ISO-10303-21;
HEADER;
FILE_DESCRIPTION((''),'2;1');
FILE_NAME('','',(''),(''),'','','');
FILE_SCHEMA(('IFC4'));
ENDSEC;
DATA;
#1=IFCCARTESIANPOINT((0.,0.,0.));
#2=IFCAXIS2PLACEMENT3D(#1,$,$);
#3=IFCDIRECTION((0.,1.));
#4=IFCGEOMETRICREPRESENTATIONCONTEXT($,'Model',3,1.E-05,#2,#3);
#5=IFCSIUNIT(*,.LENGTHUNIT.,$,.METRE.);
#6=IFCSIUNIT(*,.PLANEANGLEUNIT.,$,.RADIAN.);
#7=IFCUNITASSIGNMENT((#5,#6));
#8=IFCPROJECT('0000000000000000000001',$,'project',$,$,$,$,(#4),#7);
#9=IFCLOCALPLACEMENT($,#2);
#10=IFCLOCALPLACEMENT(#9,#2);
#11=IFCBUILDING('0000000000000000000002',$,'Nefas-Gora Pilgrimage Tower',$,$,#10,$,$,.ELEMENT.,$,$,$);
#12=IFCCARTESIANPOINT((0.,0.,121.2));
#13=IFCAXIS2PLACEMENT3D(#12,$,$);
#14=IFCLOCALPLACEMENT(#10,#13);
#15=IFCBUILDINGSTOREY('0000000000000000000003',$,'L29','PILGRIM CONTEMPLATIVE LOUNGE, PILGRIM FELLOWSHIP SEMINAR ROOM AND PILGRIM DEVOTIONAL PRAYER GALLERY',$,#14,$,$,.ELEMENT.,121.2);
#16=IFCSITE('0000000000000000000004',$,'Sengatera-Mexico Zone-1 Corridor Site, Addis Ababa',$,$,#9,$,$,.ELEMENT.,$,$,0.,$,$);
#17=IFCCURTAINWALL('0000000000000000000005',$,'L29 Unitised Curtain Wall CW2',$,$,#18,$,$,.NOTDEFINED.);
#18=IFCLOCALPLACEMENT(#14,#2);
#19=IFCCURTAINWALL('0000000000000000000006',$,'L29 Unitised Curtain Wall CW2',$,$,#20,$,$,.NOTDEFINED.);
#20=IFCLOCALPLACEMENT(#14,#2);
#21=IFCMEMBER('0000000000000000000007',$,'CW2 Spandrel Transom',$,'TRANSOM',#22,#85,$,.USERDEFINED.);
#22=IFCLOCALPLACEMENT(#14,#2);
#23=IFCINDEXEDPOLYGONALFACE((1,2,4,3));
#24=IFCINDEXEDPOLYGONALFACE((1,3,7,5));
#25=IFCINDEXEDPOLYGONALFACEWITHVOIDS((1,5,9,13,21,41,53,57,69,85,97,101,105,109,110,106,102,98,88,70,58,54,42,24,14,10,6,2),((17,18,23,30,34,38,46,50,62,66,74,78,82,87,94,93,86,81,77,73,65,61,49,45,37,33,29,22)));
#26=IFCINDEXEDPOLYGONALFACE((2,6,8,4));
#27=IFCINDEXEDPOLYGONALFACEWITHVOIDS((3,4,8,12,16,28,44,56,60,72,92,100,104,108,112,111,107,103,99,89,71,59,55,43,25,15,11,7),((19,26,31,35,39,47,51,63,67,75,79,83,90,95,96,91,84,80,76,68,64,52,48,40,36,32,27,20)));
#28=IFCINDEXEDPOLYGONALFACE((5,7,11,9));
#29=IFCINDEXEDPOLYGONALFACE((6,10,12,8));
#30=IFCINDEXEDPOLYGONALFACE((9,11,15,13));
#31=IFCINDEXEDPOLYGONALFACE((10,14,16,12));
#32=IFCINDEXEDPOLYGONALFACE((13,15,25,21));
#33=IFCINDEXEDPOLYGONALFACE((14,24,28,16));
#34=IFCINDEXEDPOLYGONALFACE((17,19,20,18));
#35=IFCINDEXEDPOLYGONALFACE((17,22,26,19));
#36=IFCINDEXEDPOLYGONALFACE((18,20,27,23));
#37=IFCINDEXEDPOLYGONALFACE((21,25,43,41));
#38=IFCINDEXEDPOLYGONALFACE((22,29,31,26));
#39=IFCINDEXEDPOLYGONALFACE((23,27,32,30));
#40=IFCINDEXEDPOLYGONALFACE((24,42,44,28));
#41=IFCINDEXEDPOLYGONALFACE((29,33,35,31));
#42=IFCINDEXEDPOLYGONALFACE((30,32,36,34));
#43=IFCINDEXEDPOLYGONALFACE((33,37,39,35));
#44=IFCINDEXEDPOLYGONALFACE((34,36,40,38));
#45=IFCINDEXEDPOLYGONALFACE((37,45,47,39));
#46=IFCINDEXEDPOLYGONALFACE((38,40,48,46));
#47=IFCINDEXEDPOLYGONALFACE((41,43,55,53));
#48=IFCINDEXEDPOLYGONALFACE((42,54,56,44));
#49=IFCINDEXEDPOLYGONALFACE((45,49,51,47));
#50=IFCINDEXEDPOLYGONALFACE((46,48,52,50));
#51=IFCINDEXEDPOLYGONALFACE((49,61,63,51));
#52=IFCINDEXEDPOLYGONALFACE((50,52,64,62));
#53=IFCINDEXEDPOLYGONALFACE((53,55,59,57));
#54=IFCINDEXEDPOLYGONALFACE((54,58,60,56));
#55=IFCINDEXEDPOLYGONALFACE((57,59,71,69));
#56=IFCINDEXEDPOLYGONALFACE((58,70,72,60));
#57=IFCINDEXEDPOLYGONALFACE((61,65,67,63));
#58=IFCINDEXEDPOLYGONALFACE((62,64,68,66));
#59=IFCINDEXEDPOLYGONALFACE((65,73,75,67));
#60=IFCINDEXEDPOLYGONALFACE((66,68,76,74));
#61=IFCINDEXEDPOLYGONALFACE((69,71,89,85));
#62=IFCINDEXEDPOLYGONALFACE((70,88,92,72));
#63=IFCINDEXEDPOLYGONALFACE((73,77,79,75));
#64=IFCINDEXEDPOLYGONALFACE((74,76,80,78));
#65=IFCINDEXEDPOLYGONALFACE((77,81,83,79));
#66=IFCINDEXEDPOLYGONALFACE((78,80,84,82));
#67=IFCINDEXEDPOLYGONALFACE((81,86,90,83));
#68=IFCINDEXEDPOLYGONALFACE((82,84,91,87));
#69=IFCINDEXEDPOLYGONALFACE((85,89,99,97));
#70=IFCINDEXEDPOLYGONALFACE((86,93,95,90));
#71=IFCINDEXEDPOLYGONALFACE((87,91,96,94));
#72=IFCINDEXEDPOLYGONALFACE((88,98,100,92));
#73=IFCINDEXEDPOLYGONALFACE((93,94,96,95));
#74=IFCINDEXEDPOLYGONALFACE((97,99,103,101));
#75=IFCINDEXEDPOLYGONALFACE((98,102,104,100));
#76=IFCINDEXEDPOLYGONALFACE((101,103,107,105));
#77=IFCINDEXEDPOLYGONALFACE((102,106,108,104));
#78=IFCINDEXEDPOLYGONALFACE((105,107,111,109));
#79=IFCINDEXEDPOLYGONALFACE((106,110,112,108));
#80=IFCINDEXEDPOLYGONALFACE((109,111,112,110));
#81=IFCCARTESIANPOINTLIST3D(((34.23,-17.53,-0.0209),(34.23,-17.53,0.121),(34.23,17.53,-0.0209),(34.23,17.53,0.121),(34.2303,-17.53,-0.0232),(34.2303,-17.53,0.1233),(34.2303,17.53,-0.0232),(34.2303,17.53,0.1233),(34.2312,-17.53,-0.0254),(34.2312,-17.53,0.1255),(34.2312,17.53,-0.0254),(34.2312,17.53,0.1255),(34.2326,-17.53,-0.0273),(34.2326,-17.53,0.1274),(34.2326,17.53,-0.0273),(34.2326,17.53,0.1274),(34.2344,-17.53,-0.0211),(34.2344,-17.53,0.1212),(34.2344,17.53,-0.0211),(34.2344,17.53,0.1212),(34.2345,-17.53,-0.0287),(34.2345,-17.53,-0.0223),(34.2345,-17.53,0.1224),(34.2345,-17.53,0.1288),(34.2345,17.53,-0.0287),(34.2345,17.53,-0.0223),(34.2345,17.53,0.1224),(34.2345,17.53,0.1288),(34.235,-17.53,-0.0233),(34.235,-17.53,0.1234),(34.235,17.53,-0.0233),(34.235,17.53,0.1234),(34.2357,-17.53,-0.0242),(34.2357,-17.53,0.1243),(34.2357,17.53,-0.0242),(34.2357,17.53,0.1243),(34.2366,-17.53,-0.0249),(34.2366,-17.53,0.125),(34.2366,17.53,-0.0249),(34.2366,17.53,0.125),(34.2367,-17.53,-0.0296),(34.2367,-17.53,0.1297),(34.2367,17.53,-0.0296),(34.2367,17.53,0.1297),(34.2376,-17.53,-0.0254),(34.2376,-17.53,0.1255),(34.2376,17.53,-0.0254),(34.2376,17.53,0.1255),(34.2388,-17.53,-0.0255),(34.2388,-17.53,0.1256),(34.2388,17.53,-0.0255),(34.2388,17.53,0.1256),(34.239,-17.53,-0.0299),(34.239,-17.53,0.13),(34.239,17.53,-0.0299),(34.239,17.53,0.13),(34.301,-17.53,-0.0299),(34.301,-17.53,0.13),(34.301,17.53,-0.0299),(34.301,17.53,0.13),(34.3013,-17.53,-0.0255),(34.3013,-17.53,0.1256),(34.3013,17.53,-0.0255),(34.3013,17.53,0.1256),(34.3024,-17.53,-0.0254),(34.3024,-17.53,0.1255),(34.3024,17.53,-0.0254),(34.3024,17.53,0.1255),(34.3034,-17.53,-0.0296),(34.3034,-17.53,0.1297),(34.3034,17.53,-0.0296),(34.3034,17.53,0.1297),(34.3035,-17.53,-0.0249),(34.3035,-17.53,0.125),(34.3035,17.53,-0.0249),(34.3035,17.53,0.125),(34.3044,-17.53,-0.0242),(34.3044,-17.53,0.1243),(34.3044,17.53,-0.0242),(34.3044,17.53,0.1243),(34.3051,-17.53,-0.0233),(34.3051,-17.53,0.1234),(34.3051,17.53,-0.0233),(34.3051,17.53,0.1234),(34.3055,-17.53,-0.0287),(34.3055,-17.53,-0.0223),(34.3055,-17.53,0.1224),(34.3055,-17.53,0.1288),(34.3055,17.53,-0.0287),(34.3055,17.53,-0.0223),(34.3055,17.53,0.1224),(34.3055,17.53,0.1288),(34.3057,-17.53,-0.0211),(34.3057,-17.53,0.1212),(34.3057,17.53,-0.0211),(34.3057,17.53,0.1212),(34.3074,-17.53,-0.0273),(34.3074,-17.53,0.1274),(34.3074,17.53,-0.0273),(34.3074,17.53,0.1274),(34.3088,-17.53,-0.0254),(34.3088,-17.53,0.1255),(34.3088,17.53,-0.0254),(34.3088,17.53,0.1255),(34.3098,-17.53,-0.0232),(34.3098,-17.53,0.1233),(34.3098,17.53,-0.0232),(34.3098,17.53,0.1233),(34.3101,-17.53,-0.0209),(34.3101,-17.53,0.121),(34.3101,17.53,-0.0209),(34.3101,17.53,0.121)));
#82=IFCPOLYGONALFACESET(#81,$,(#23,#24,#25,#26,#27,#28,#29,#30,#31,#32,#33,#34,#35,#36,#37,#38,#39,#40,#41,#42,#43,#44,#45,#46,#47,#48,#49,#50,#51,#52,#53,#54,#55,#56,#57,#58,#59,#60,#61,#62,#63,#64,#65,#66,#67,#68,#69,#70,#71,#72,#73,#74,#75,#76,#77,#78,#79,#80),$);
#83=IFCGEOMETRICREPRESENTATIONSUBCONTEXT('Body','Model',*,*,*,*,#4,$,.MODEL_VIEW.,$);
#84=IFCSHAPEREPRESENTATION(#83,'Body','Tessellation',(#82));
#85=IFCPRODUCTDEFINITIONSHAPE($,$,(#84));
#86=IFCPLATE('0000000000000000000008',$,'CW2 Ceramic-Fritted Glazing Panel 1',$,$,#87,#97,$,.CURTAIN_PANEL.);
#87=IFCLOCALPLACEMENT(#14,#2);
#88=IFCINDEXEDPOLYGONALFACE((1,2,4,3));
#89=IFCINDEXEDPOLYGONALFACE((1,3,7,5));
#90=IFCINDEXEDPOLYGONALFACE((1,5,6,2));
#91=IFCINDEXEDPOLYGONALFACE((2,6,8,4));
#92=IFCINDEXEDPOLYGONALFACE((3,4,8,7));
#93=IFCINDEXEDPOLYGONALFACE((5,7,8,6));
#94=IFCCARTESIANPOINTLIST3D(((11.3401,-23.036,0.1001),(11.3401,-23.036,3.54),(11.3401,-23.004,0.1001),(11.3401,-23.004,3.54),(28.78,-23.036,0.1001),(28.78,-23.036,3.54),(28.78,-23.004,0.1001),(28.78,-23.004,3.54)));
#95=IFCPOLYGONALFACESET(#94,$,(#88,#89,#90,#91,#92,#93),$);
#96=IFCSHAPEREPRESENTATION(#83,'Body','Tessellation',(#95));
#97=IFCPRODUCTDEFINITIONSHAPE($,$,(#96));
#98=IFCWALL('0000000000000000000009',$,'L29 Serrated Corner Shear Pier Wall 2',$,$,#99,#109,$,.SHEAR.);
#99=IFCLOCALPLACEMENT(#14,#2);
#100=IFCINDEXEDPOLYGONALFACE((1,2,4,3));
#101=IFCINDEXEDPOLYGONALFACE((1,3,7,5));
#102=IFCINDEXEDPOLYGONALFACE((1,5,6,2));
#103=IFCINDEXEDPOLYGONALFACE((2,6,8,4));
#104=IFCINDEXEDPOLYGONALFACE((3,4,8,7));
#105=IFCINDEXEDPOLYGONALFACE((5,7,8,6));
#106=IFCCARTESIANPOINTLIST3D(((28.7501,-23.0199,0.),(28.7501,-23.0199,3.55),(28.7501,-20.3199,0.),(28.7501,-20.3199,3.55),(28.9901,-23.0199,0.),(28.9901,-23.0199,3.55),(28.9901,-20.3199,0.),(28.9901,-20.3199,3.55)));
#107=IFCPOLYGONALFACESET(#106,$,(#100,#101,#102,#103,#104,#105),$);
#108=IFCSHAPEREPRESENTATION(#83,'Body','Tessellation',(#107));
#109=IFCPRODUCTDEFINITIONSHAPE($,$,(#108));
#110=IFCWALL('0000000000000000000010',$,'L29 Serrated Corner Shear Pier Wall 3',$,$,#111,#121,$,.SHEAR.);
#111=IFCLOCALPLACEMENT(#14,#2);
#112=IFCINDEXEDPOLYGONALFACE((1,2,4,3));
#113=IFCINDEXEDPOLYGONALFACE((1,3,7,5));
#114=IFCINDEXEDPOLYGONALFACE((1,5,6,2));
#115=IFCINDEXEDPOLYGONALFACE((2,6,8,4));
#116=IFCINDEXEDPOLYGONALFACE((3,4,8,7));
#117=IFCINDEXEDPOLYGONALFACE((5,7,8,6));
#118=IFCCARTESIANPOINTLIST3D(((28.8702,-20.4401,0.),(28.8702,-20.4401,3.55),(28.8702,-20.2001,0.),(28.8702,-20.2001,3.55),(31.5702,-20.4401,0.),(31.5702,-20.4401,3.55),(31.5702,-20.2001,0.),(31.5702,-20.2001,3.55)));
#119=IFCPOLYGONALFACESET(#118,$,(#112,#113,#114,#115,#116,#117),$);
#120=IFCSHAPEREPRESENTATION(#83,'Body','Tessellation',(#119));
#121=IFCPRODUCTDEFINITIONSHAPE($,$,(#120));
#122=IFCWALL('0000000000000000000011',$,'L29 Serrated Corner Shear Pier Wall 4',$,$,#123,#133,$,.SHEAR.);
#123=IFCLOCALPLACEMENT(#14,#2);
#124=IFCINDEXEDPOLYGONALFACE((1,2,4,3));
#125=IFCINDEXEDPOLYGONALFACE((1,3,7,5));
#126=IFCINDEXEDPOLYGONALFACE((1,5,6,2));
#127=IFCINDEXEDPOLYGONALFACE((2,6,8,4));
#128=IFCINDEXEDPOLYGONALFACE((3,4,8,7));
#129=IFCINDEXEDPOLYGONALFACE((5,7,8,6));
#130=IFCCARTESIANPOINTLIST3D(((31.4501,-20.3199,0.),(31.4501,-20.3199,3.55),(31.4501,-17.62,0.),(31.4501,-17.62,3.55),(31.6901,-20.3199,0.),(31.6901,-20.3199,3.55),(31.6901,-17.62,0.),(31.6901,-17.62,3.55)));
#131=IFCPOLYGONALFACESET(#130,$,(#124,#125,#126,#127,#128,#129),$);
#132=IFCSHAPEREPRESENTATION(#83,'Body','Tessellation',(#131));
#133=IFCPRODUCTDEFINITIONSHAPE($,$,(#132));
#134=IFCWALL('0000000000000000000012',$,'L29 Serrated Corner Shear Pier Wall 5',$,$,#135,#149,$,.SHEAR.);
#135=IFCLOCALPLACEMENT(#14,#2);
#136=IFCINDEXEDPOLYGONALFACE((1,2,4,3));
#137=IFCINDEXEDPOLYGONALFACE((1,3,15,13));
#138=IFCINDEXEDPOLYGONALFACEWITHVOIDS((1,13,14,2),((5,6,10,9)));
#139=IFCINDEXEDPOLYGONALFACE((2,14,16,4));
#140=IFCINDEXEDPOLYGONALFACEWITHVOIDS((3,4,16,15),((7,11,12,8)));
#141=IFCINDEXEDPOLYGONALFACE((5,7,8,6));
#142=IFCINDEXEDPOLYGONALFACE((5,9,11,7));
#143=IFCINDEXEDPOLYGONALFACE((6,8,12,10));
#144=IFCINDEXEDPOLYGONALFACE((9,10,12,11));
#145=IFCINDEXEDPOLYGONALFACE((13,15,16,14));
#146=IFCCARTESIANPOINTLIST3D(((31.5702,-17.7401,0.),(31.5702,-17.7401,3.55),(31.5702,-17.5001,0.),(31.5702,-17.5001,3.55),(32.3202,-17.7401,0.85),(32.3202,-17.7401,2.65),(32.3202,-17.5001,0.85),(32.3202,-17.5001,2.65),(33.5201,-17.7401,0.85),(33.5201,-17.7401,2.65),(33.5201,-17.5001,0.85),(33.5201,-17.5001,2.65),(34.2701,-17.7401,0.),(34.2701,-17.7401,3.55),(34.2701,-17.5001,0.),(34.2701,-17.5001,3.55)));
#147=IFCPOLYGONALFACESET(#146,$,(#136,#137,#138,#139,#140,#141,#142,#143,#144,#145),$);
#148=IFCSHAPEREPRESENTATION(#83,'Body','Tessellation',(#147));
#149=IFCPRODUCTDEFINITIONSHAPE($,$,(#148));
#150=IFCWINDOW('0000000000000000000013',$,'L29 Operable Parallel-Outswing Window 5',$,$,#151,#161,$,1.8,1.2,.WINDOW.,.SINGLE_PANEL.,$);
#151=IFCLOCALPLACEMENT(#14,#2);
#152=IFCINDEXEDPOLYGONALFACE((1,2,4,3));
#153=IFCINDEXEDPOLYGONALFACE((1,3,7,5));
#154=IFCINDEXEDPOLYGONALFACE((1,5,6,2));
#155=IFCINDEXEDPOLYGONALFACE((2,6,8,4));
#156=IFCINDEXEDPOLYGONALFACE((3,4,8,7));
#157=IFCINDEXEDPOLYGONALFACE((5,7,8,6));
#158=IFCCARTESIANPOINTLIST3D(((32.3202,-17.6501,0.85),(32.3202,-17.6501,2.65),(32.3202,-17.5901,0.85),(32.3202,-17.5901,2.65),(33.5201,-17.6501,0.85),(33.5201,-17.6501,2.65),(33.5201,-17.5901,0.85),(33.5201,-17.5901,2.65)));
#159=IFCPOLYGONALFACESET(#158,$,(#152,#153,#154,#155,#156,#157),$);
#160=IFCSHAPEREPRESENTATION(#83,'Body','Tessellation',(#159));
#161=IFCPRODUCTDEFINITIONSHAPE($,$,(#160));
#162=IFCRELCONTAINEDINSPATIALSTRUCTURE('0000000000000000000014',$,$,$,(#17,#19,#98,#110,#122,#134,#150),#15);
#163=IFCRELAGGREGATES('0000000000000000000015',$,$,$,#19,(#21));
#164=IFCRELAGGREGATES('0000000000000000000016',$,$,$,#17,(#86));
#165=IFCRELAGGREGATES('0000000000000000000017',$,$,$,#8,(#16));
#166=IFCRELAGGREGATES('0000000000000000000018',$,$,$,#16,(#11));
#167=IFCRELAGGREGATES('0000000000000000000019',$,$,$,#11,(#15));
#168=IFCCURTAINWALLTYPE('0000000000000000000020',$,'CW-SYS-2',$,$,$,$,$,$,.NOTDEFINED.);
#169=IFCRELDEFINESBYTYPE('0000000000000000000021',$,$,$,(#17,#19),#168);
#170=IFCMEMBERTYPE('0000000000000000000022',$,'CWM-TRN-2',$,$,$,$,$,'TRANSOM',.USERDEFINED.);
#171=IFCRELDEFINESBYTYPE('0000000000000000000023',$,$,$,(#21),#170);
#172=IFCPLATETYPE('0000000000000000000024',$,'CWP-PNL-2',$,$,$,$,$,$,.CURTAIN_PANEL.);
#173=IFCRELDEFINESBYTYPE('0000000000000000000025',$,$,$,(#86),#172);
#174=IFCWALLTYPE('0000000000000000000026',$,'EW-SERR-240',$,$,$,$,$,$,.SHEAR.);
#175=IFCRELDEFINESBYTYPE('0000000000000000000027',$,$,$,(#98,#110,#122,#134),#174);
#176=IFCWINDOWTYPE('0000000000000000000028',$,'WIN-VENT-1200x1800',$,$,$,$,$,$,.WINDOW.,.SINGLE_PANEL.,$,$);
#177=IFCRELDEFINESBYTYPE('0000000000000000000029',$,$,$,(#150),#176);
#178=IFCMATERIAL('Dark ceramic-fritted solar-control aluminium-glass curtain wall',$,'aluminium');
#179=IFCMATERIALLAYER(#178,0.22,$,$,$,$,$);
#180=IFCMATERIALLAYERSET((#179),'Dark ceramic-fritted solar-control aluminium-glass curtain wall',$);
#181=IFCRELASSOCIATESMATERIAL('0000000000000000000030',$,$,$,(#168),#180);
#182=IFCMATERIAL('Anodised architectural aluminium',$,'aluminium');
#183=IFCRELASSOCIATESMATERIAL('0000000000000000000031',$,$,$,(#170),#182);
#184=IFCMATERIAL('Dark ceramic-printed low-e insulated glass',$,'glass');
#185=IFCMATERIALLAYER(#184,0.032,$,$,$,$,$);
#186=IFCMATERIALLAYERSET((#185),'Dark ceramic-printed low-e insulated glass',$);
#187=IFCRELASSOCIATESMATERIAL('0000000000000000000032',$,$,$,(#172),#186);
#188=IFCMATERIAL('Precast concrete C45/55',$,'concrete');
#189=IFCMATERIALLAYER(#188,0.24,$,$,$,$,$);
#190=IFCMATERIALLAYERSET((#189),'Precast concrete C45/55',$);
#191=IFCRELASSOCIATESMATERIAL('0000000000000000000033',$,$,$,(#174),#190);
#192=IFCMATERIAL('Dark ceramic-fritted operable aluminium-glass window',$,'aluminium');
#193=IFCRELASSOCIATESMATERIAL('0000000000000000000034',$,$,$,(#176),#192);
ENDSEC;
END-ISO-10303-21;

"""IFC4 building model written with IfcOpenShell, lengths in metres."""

from ifc_helpers import new_model, si_unit, direction, frame, frame_2d, origin, origin_2d, place, context, subcontext, project, spatial, rectangle, hollow_rectangle, extrude, source, transform, mapped, material, layer, layer_set, material_profile, profile_set, type_object, element, fill, aggregate, save


model = new_model("IFC4")

# Units and contexts
model_context = context("Model", 3, precision=1e-05, world=origin(), true_north=direction((0.0, 1.0)))
body_context = subcontext(model_context, "Body", "Model", "MODEL_VIEW")
ifc_project = project(units=[si_unit("LENGTHUNIT", "METRE"), si_unit("PLANEANGLEUNIT", "RADIAN")], contexts=[model_context])

# Site, building, storey
site_placement = place(None, origin())
site = spatial("IfcSite", under=ifc_project, at=site_placement, Name="Sengatera-Mexico Zone-1 Corridor Site, Addis Ababa", CompositionType="ELEMENT", RefElevation=0.0)
building_placement = place(site_placement, origin())
building = spatial("IfcBuilding", under=site, at=building_placement, Name="Nefas-Gora Pilgrimage Tower", CompositionType="ELEMENT")
storey_placement = place(building_placement, frame((0.0, 0.0, 121.2)))
storey = spatial("IfcBuildingStorey", under=building, at=storey_placement, Name="L29", Description="PILGRIM CONTEMPLATIVE LOUNGE, PILGRIM FELLOWSHIP SEMINAR ROOM AND PILGRIM DEVOTIONAL PRAYER GALLERY", CompositionType="ELEMENT", Elevation=121.2)

# Curtain wall
ifc_material_1 = material(Name="Dark ceramic-fritted solar-control aluminium-glass curtain wall", Category="aluminium")
ifc_layer_1 = layer(ifc_material_1, 0.22)
ifc_layer_set_1 = layer_set([ifc_layer_1], Name="Dark ceramic-fritted solar-control aluminium-glass curtain wall")
curtain_wall_type = type_object("IfcCurtainWallType", Name="CW-SYS-2", PredefinedType="NOTDEFINED", material=ifc_layer_set_1)
curtain_wall_1_placement = place(storey_placement, origin())
curtain_wall_1 = element("IfcCurtainWall", 1, at=curtain_wall_1_placement, inside=storey, type_object=curtain_wall_type, Name="L29 Unitised Curtain Wall CW2", PredefinedType="NOTDEFINED")
ifc_material_2 = material(Name="Anodised architectural aluminium", Category="aluminium")

# Curtain wall, member
curtain_wall_2_placement = place(storey_placement, origin())
curtain_wall_2 = element("IfcCurtainWall", 2, at=curtain_wall_2_placement, inside=storey, type_object=curtain_wall_type, Name="L29 Unitised Curtain Wall CW2", PredefinedType="NOTDEFINED")
ifc_material_profile_1 = material_profile(ifc_material_2, hollow_rectangle(XDim=0.0801, YDim=0.1599, WallThickness=0.0044, InnerFilletRadius=0.0044, OuterFilletRadius=0.009, at=origin_2d()), Name="ALU TRANSOM 80x160")
ifc_profile_set_1 = profile_set([ifc_material_profile_1], Name="Anodised architectural aluminium")
member_type_1 = type_object("IfcMemberType", Name="CWM-TRN-2", ElementType="TRANSOM", PredefinedType="USERDEFINED", material=ifc_profile_set_1)
shared_shape_1 = source(origin(), body_context, "Body", "SweptSolid", [
    extrude(hollow_rectangle(XDim=0.0801, YDim=0.1599, WallThickness=0.0044, InnerFilletRadius=0.0044, OuterFilletRadius=0.009, at=origin_2d()), origin(), (0.0, 0.0, 1.0), 35.0601),
])
member_1_placement = place(storey_placement, frame((34.27, -17.53, 0.05), z_axis=(0.0, 1.0, 0.0), x_axis=(-1.0, 0.0, 0.0)))
member_1 = element("IfcMember", 3, at=member_1_placement, type_object=member_type_1, Name="CW2 Spandrel Transom", ObjectType="TRANSOM", PredefinedType="USERDEFINED", context=body_context, shape_type="MappedRepresentation", body=[
    mapped(shared_shape_1, transform((0.0, 0.0, 0.0), x_axis=(1.0, 0.0, 0.0), y_axis=(0.0, 1.0, 0.0), z_axis=(0.0, 0.0, 1.0), scale=1.0)),
])
aggregate(curtain_wall_2, [member_1])

# Plate
ifc_material_3 = material(Name="Dark ceramic-printed low-e insulated glass", Category="glass")
ifc_layer_2 = layer(ifc_material_3, 0.032)
ifc_layer_set_2 = layer_set([ifc_layer_2], Name="Dark ceramic-printed low-e insulated glass")
plate_type = type_object("IfcPlateType", Name="CWP-PNL-2", PredefinedType="CURTAIN_PANEL", material=ifc_layer_set_2)
shared_shape_2 = source(origin(), body_context, "Body", "SweptSolid", [
    extrude(rectangle(XDim=17.4399, YDim=0.032, at=origin_2d()), origin(), (0.0, 0.0, 1.0), 3.4399),
])
plate_placement = place(storey_placement, frame((20.0601, -23.02, 0.1001), z_axis=(0.0, 0.0, 1.0), x_axis=(1.0, 0.0, 0.0)))
plate = element("IfcPlate", 4, at=plate_placement, type_object=plate_type, Name="CW2 Ceramic-Fritted Glazing Panel 1", PredefinedType="CURTAIN_PANEL", context=body_context, shape_type="MappedRepresentation", body=[
    mapped(shared_shape_2, transform((0.0, 0.0, 0.0), x_axis=(1.0, 0.0, 0.0), y_axis=(0.0, 1.0, 0.0), z_axis=(0.0, 0.0, 1.0), scale=1.0)),
])
aggregate(curtain_wall_1, [plate])

# Walls
ifc_material_4 = material(Name="Precast concrete C45/55", Category="concrete")
ifc_layer_3 = layer(ifc_material_4, 0.24)
ifc_layer_set_3 = layer_set([ifc_layer_3], Name="Precast concrete C45/55")
wall_type_1 = type_object("IfcWallType", Name="EW-SERR-240", PredefinedType="SHEAR", material=ifc_layer_set_3)
shared_shape_3 = source(origin(), body_context, "Body", "SweptSolid", [
    extrude(rectangle(XDim=2.7, YDim=0.24, at=frame_2d((1.3501, 0.0))), origin(), (0.0, 0.0, 1.0), 3.55),
])
for number, where, z_axis, x_axis, name in (
    (5, (28.8701, -23.02, 0.0), (0.0, 0.0, 1.0), (0.0, 1.0, 0.0), "L29 Serrated Corner Shear Pier Wall 2"),
    (6, (28.8701, -20.3201, 0.0), (0.0, 0.0, 1.0), (1.0, 0.0, 0.0), "L29 Serrated Corner Shear Pier Wall 3"),
    (7, (31.5701, -20.3201, 0.0), (0.0, 0.0, 1.0), (0.0, 1.0, 0.0), "L29 Serrated Corner Shear Pier Wall 4"),
):
    element("IfcWall", number, at=place(storey_placement, frame(where, z_axis=z_axis, x_axis=x_axis)), inside=storey, type_object=wall_type_1, Name=name, PredefinedType="SHEAR", context=body_context, shape_type="MappedRepresentation", body=[
        mapped(shared_shape_3, transform((0.0, 0.0, 0.0), x_axis=(1.0, 0.0, 0.0), y_axis=(0.0, 1.0, 0.0), z_axis=(0.0, 0.0, 1.0), scale=1.0)),
    ])

# Wall, opening, window
wall_1_placement = place(storey_placement, frame((31.5701, -17.6201, 0.0), z_axis=(0.0, 0.0, 1.0), x_axis=(1.0, 0.0, 0.0)))
wall_1 = element("IfcWall", 8, at=wall_1_placement, inside=storey, type_object=wall_type_1, Name="L29 Serrated Corner Shear Pier Wall 5", PredefinedType="SHEAR", context=body_context, shape_type="MappedRepresentation", body=[
    mapped(shared_shape_3, transform((0.0, 0.0, 0.0), x_axis=(1.0, 0.0, 0.0), y_axis=(0.0, 1.0, 0.0), z_axis=(0.0, 0.0, 1.0), scale=1.0)),
])
opening_1_placement = place(wall_1_placement, frame((0.75, 0.0, 0.8501)))
opening_1 = element("IfcOpeningElement", 9, at=opening_1_placement, cuts=wall_1, PredefinedType="OPENING", context=body_context, shape_type="SweptSolid", body=[
    extrude(rectangle(XDim=1.2, YDim=1.8, at=frame_2d((0.6001, 0.8999))), frame((0.0, 0.1299, 0.0), z_axis=(0.0, -1.0, 0.0), x_axis=(1.0, 0.0, 0.0)), (0.0, 0.0, 1.0), 0.26),
])
ifc_material_5 = material(Name="Dark ceramic-fritted operable aluminium-glass window", Category="aluminium")
window_type = type_object("IfcWindowType", Name="WIN-VENT-1200x1800", PartitioningType="SINGLE_PANEL", PredefinedType="WINDOW", material=ifc_material_5)
shared_shape_4 = source(origin(), body_context, "Body", "SweptSolid", [
    extrude(rectangle(XDim=1.2, YDim=1.8, at=frame_2d((0.6001, 0.8999))), frame((0.0, 0.03, 0.0), z_axis=(0.0, -1.0, 0.0), x_axis=(1.0, 0.0, 0.0)), (0.0, 0.0, 1.0), 0.0601),
])
window_placement = place(opening_1_placement, origin())
window = element("IfcWindow", 10, at=window_placement, inside=storey, type_object=window_type, Name="L29 Operable Parallel-Outswing Window 5", OverallHeight=1.8, OverallWidth=1.2, PartitioningType="SINGLE_PANEL", PredefinedType="WINDOW", context=body_context, shape_type="MappedRepresentation", body=[
    mapped(shared_shape_4, transform((0.0, 0.0, 0.0), x_axis=(1.0, 0.0, 0.0), y_axis=(0.0, 1.0, 0.0), z_axis=(0.0, 0.0, 1.0), scale=1.0)),
])
fill(opening_1, window)

save(model, "model.ifc")
